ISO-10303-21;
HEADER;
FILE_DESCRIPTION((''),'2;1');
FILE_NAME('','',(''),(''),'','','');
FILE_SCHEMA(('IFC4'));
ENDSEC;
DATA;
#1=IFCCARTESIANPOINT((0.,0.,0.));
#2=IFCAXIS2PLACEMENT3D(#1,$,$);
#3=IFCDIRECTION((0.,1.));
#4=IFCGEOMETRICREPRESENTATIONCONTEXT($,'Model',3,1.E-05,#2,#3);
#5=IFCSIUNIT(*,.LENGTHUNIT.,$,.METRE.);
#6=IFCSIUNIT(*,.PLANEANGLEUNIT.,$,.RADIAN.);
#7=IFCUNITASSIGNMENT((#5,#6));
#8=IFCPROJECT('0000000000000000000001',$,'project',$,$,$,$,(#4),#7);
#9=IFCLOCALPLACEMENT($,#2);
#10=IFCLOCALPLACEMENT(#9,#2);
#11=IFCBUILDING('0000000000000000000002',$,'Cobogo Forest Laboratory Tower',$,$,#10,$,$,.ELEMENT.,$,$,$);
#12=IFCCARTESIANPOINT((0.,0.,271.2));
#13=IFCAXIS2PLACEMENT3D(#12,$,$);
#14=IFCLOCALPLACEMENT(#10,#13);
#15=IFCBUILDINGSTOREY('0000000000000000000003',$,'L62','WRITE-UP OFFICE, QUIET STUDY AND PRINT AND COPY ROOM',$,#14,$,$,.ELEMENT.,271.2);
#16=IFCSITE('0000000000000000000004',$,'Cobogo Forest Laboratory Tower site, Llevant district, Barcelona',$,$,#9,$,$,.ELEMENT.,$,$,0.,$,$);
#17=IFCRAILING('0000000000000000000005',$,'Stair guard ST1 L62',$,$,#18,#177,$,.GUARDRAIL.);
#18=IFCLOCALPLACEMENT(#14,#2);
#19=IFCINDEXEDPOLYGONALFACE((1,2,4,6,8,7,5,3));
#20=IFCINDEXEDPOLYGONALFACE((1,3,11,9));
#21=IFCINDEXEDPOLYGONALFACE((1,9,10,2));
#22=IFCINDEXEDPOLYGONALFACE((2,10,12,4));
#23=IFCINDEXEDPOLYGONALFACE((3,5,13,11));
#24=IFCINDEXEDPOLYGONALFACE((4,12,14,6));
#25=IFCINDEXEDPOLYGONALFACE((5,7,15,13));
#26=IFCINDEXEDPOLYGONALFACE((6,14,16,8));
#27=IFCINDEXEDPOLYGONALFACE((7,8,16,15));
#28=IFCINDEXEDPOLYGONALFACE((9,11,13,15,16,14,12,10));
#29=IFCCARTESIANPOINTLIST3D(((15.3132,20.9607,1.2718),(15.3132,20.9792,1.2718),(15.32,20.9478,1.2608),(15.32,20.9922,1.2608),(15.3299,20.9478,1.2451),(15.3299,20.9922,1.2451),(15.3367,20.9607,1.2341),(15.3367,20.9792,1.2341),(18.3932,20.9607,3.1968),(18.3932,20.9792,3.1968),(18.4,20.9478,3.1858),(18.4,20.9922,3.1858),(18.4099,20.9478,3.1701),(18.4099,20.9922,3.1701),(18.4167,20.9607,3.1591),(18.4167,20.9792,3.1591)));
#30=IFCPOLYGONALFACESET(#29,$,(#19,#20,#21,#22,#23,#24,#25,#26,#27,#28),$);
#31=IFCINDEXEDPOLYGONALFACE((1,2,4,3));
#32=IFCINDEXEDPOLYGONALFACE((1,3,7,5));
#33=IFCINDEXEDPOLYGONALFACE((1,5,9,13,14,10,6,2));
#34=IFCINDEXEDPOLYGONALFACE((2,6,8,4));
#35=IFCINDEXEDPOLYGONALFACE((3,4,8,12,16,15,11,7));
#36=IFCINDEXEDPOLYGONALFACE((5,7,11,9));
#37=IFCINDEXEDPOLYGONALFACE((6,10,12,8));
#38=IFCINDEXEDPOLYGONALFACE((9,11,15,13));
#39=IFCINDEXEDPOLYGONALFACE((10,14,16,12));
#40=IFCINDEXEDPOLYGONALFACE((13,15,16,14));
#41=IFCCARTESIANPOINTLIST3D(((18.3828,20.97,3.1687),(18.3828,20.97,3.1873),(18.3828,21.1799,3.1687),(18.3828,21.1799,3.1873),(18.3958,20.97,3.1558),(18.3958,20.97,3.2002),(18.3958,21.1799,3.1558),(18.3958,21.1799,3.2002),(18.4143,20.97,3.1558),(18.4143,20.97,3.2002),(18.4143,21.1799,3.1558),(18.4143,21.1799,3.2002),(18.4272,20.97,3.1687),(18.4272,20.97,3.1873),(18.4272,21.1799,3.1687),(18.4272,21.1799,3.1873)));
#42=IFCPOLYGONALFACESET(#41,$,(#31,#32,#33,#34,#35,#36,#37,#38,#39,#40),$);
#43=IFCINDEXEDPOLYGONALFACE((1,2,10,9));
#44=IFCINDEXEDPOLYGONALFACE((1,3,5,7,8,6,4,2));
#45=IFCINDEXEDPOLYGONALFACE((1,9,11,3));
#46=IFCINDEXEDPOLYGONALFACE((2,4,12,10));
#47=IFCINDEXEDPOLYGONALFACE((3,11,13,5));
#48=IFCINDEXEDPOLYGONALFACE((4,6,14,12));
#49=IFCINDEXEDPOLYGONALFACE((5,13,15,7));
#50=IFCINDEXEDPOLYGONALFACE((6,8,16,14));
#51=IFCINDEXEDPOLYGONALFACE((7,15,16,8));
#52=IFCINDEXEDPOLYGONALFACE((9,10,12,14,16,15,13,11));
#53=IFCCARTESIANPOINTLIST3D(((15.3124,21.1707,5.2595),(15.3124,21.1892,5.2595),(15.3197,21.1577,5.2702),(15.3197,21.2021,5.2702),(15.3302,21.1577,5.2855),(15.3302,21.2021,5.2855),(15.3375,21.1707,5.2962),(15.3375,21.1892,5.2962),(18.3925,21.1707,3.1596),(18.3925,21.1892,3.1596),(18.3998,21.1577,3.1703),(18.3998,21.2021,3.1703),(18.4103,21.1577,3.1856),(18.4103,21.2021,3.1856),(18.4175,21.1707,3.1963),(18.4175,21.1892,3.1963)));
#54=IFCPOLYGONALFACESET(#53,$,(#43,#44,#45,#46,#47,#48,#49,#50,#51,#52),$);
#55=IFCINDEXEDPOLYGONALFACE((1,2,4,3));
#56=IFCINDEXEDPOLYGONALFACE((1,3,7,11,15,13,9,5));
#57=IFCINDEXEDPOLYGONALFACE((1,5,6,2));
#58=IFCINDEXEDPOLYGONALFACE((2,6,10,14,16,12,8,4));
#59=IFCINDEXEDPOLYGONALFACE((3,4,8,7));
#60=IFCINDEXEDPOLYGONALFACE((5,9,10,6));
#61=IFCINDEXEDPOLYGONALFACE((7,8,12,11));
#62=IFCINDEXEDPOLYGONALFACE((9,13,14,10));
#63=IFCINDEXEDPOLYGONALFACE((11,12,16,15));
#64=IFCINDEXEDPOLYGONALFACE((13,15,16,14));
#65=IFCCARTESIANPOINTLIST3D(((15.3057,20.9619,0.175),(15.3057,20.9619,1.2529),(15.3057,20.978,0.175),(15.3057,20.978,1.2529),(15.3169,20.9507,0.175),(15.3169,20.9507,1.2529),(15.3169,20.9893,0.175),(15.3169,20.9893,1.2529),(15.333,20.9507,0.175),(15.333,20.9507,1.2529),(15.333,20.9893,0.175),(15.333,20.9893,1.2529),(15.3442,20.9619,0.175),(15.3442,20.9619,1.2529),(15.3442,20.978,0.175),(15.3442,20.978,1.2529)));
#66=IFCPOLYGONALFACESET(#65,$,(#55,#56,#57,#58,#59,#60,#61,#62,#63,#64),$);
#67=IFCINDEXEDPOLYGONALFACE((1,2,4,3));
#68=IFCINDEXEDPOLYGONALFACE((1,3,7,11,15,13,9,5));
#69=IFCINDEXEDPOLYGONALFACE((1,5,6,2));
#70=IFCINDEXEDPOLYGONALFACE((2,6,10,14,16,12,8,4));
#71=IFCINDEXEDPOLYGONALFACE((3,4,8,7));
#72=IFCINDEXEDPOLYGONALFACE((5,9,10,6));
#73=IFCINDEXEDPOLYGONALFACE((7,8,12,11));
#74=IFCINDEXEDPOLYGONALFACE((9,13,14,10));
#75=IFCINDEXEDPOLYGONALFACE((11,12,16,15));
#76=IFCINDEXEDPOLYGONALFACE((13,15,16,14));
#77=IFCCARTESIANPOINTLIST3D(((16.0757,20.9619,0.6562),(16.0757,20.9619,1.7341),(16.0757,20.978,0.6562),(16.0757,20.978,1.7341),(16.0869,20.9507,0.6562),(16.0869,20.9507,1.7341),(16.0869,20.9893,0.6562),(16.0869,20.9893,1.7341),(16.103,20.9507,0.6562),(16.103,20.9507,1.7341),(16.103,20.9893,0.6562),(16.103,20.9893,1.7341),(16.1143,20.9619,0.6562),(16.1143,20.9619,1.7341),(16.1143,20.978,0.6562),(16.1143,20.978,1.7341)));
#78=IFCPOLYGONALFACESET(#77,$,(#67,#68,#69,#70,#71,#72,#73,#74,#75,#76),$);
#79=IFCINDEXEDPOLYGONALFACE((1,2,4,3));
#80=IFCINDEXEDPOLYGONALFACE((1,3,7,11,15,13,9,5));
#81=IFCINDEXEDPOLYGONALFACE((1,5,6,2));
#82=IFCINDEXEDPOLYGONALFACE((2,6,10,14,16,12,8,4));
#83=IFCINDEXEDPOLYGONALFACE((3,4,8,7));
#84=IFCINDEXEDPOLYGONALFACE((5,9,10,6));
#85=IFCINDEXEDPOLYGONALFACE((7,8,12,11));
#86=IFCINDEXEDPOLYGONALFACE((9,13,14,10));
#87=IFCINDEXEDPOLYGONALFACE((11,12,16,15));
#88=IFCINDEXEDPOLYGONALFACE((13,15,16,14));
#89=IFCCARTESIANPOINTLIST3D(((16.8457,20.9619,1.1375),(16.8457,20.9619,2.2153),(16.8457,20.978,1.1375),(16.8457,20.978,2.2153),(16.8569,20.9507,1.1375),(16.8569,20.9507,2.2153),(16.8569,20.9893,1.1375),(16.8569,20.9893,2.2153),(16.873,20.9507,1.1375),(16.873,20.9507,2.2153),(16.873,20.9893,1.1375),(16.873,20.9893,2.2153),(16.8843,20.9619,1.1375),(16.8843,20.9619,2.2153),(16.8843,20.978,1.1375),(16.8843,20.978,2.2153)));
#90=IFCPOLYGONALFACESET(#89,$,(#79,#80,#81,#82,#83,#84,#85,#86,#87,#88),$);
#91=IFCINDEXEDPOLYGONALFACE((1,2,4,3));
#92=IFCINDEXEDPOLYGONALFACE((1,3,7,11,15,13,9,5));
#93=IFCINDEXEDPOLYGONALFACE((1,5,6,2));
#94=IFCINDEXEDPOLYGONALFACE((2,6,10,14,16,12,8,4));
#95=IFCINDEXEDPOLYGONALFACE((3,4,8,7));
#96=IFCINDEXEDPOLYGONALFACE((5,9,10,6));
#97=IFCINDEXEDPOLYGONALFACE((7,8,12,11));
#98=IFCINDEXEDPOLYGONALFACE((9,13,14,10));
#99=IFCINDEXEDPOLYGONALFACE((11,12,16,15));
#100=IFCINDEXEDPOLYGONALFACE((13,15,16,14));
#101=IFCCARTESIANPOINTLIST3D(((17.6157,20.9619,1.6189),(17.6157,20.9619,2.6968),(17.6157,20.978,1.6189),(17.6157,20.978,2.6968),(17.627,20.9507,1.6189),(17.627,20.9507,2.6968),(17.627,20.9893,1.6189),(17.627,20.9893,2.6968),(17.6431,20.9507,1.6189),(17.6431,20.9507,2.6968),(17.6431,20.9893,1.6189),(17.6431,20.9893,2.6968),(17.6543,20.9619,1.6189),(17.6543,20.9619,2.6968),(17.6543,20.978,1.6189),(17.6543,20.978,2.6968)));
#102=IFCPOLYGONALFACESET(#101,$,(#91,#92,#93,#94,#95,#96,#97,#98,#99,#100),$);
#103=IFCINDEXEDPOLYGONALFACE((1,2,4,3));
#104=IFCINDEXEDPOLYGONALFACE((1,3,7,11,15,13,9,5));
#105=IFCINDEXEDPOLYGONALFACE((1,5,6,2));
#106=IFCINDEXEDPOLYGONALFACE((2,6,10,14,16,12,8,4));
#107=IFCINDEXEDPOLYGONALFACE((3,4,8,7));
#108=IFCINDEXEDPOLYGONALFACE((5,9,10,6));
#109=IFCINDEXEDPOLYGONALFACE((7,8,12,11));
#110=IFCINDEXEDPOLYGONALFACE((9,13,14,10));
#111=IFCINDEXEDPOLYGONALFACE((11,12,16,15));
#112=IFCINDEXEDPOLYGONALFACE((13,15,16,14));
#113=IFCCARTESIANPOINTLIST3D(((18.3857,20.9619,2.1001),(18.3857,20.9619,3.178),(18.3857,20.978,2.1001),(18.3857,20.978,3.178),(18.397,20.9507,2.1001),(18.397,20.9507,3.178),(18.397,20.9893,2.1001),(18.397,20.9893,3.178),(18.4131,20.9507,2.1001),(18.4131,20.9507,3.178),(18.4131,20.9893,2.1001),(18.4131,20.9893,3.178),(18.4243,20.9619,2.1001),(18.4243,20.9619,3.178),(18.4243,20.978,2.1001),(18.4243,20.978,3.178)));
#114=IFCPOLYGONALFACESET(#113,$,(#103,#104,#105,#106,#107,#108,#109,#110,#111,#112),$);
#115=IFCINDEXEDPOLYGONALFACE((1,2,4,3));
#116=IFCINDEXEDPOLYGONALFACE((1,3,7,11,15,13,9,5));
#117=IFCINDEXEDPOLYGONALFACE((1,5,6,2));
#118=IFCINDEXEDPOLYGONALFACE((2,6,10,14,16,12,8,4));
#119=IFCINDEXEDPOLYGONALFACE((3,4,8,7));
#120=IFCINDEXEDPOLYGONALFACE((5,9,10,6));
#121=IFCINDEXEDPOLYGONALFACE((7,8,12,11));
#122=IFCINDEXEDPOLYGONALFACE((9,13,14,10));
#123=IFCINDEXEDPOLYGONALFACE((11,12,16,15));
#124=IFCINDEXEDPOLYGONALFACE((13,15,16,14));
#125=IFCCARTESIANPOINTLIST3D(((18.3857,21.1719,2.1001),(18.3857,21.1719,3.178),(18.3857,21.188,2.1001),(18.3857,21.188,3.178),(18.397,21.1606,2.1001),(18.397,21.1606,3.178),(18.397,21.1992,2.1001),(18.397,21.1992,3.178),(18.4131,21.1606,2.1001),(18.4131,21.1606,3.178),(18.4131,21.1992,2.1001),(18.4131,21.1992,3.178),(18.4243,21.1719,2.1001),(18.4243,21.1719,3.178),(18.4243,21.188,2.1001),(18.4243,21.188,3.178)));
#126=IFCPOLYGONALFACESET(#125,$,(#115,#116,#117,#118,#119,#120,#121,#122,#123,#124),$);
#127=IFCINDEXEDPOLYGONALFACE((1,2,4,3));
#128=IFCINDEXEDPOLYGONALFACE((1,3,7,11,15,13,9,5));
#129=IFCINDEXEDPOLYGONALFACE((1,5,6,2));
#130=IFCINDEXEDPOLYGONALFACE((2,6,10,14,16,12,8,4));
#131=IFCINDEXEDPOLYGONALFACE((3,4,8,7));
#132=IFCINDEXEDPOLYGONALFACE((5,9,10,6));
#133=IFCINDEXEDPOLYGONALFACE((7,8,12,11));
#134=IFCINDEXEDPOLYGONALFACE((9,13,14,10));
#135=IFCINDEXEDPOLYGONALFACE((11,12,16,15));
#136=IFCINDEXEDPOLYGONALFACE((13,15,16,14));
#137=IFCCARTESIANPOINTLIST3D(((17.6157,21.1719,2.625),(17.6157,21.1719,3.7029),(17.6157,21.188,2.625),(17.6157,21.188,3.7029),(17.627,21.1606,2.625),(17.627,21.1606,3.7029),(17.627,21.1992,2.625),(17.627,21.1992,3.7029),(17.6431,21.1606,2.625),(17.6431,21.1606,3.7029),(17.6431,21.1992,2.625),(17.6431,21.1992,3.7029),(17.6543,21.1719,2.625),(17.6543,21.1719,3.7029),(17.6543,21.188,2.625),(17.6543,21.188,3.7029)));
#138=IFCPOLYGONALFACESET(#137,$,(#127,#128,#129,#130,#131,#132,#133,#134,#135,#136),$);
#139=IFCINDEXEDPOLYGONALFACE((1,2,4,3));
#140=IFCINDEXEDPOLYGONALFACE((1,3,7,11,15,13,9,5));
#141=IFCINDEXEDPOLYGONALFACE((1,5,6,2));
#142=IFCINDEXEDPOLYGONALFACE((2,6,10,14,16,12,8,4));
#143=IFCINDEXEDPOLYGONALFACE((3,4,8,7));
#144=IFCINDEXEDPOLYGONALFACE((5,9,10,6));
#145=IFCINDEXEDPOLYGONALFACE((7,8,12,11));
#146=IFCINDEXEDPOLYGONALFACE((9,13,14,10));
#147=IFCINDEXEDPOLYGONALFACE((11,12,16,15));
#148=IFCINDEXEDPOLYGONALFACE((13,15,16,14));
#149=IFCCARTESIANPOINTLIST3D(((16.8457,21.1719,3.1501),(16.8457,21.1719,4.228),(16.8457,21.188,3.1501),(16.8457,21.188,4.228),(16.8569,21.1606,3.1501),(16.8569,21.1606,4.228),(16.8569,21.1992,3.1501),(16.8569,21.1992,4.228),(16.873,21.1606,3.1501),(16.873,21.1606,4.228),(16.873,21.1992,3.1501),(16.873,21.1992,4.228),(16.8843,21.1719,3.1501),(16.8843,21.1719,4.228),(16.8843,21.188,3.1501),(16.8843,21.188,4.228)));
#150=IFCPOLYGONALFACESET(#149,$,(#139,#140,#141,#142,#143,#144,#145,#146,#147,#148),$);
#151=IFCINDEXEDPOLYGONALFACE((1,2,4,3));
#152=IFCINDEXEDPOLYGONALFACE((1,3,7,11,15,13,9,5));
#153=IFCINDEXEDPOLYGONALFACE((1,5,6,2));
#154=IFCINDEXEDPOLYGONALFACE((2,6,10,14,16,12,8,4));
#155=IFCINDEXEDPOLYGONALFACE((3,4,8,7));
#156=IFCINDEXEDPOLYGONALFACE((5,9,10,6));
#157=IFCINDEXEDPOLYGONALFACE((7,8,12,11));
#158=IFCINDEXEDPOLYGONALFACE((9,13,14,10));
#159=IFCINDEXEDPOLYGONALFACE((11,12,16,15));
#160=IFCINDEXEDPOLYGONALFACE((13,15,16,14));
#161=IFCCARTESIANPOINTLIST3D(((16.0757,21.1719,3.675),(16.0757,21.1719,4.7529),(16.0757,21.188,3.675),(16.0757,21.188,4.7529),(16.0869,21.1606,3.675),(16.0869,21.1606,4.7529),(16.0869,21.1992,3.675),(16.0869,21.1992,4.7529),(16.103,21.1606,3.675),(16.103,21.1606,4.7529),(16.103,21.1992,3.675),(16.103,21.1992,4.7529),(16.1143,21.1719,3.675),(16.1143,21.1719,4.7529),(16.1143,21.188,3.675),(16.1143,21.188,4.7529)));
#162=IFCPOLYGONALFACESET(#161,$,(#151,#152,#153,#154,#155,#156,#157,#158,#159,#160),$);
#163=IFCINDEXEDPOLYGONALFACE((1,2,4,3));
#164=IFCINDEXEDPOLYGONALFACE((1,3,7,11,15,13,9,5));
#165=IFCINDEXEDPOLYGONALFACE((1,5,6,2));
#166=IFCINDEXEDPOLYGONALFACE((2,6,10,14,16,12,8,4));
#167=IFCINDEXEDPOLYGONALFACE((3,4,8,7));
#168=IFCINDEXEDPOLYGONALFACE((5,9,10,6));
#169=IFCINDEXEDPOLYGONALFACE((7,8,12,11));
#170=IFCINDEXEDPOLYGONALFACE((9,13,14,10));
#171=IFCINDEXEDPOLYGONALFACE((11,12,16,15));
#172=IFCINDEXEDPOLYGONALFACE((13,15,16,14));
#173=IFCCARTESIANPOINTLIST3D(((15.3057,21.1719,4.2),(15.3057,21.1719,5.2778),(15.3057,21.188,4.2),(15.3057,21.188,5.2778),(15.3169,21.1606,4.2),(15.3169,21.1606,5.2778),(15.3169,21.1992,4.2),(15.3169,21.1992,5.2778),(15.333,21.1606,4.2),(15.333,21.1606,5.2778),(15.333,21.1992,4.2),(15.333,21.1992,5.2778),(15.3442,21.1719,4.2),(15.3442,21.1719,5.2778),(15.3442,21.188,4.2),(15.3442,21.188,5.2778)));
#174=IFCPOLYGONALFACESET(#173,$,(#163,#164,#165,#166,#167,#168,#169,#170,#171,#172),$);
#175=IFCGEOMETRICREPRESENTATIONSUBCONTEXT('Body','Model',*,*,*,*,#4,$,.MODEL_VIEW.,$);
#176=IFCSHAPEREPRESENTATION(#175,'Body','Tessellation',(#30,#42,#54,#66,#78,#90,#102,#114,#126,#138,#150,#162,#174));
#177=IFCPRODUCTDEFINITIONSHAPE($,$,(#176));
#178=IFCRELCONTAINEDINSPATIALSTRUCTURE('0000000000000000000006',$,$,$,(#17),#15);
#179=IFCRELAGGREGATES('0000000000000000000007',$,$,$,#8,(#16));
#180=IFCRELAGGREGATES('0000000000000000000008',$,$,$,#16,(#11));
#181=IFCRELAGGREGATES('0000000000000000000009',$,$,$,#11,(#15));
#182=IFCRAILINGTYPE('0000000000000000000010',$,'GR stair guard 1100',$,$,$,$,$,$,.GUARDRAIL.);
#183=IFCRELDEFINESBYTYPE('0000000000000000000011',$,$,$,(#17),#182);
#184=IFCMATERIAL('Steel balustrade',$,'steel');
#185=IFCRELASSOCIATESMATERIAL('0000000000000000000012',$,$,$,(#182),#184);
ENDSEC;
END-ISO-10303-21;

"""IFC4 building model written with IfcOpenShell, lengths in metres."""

from ifc_helpers import new_model, si_unit, direction, frame, origin, place, context, subcontext, project, spatial, polyline, outline, extrude, material, type_object, element, save


model = new_model("IFC4")

# Units and contexts
model_context = context("Model", 3, precision=1e-05, world=origin(), true_north=direction((0.0, 1.0)))
body_context = subcontext(model_context, "Body", "Model", "MODEL_VIEW")
ifc_project = project(units=[si_unit("LENGTHUNIT", "METRE"), si_unit("PLANEANGLEUNIT", "RADIAN")], contexts=[model_context])

# Site, building, storey
site_placement = place(None, origin())
site = spatial("IfcSite", under=ifc_project, at=site_placement, Name="Cobogo Forest Laboratory Tower site, Llevant district, Barcelona", CompositionType="ELEMENT", RefElevation=0.0)
building_placement = place(site_placement, origin())
building = spatial("IfcBuilding", under=site, at=building_placement, Name="Cobogo Forest Laboratory Tower", CompositionType="ELEMENT")
storey_placement = place(building_placement, frame((0.0, 0.0, 271.2)))
storey = spatial("IfcBuildingStorey", under=building, at=storey_placement, Name="L62", Description="WRITE-UP OFFICE, QUIET STUDY AND PRINT AND COPY ROOM", CompositionType="ELEMENT", Elevation=271.2)

# Railing
ifc_material_1 = material(Name="Steel balustrade", Category="steel")
railing_type_1 = type_object("IfcRailingType", Name="GR stair guard 1100", PredefinedType="GUARDRAIL", material=ifc_material_1)
railing_1_placement = place(storey_placement, frame((15.325, 20.97, 0.175)))
element("IfcRailing", 1, at=railing_1_placement, inside=storey, type_object=railing_type_1, Name="Stair guard ST1 L62", PredefinedType="GUARDRAIL", context=body_context, shape_type="SweptSolid", body=[
    extrude(outline(polyline([(0.0222, 0.0093), (0.0093, 0.0222), (-0.0093, 0.0222), (-0.0222, 0.0093), (-0.0222, -0.0093), (-0.0093, -0.0222), (0.0093, -0.0222), (0.0222, -0.0093), (0.0222, 0.0093)])), frame((0.0, 0.0, 1.0779), z_axis=(0.847998, 0.0, 0.529999), x_axis=(0.0, 1.0, 0.0)), (0.0, 0.0, 1.0), 3.6321),
    extrude(outline(polyline([(0.0222, 0.0093), (0.0093, 0.0222), (-0.0093, 0.0222), (-0.0222, 0.0093), (-0.0222, -0.0093), (-0.0093, -0.0222), (0.0093, -0.0222), (0.0222, -0.0093), (0.0222, 0.0093)])), frame((3.0801, 0.0, 3.0029), z_axis=(0.0, 1.0, 0.0), x_axis=(-1.0, 0.0, 0.0)), (0.0, 0.0, 1.0), 0.21),
    extrude(outline(polyline([(0.0222, 0.0093), (0.0093, 0.0222), (-0.0093, 0.0222), (-0.0222, 0.0093), (-0.0222, -0.0093), (-0.0093, -0.0222), (0.0093, -0.0222), (0.0222, -0.0093), (0.0222, 0.0093)])), frame((3.0801, 0.21, 3.0029), z_axis=(-0.826252, 0.0, 0.5633), x_axis=(0.0, -1.0, 0.0)), (0.0, 0.0, 1.0), 3.7278),
    extrude(outline(polyline([(0.0193, 0.0081), (0.0081, 0.0193), (-0.0081, 0.0193), (-0.0193, 0.0081), (-0.0193, -0.0081), (-0.0081, -0.0193), (0.0081, -0.0193), (0.0193, -0.0081), (0.0193, 0.0081)])), origin(), (0.0, 0.0, 1.0), 1.0779),
    extrude(outline(polyline([(0.0193, 0.0081), (0.0081, 0.0193), (-0.0081, 0.0193), (-0.0193, 0.0081), (-0.0193, -0.0081), (-0.0081, -0.0193), (0.0081, -0.0193), (0.0193, -0.0081), (0.0193, 0.0081)])), frame((0.77, 0.0, 0.4812)), (0.0, 0.0, 1.0), 1.0779),
    extrude(outline(polyline([(0.0193, 0.0081), (0.0081, 0.0193), (-0.0081, 0.0193), (-0.0193, 0.0081), (-0.0193, -0.0081), (-0.0081, -0.0193), (0.0081, -0.0193), (0.0193, -0.0081), (0.0193, 0.0081)])), frame((1.54, 0.0, 0.9624)), (0.0, 0.0, 1.0), 1.0779),
    extrude(outline(polyline([(0.0193, 0.0081), (0.0081, 0.0193), (-0.0081, 0.0193), (-0.0193, 0.0081), (-0.0193, -0.0081), (-0.0081, -0.0193), (0.0081, -0.0193), (0.0193, -0.0081), (0.0193, 0.0081)])), frame((2.3101, 0.0, 1.4438)), (0.0, 0.0, 1.0), 1.0779),
    extrude(outline(polyline([(0.0193, 0.0081), (0.0081, 0.0193), (-0.0081, 0.0193), (-0.0193, 0.0081), (-0.0193, -0.0081), (-0.0081, -0.0193), (0.0081, -0.0193), (0.0193, -0.0081), (0.0193, 0.0081)])), frame((3.0801, 0.0, 1.925)), (0.0, 0.0, 1.0), 1.0779),
    extrude(outline(polyline([(0.0193, 0.0081), (0.0081, 0.0193), (-0.0081, 0.0193), (-0.0193, 0.0081), (-0.0193, -0.0081), (-0.0081, -0.0193), (0.0081, -0.0193), (0.0193, -0.0081), (0.0193, 0.0081)])), frame((3.0801, 0.21, 1.925)), (0.0, 0.0, 1.0), 1.0779),
    extrude(outline(polyline([(0.0193, 0.0081), (0.0081, 0.0193), (-0.0081, 0.0193), (-0.0193, 0.0081), (-0.0193, -0.0081), (-0.0081, -0.0193), (0.0081, -0.0193), (0.0193, -0.0081), (0.0193, 0.0081)])), frame((2.3101, 0.21, 2.45)), (0.0, 0.0, 1.0), 1.0779),
    extrude(outline(polyline([(0.0193, 0.0081), (0.0081, 0.0193), (-0.0081, 0.0193), (-0.0193, 0.0081), (-0.0193, -0.0081), (-0.0081, -0.0193), (0.0081, -0.0193), (0.0193, -0.0081), (0.0193, 0.0081)])), frame((1.54, 0.21, 2.9751)), (0.0, 0.0, 1.0), 1.0779),
    extrude(outline(polyline([(0.0193, 0.0081), (0.0081, 0.0193), (-0.0081, 0.0193), (-0.0193, 0.0081), (-0.0193, -0.0081), (-0.0081, -0.0193), (0.0081, -0.0193), (0.0193, -0.0081), (0.0193, 0.0081)])), frame((0.77, 0.21, 3.5)), (0.0, 0.0, 1.0), 1.0779),
    extrude(outline(polyline([(0.0193, 0.0081), (0.0081, 0.0193), (-0.0081, 0.0193), (-0.0193, 0.0081), (-0.0193, -0.0081), (-0.0081, -0.0193), (0.0081, -0.0193), (0.0193, -0.0081), (0.0193, 0.0081)])), frame((0.0, 0.21, 4.0249)), (0.0, 0.0, 1.0), 1.0779),
])

save(model, "model.ifc")
